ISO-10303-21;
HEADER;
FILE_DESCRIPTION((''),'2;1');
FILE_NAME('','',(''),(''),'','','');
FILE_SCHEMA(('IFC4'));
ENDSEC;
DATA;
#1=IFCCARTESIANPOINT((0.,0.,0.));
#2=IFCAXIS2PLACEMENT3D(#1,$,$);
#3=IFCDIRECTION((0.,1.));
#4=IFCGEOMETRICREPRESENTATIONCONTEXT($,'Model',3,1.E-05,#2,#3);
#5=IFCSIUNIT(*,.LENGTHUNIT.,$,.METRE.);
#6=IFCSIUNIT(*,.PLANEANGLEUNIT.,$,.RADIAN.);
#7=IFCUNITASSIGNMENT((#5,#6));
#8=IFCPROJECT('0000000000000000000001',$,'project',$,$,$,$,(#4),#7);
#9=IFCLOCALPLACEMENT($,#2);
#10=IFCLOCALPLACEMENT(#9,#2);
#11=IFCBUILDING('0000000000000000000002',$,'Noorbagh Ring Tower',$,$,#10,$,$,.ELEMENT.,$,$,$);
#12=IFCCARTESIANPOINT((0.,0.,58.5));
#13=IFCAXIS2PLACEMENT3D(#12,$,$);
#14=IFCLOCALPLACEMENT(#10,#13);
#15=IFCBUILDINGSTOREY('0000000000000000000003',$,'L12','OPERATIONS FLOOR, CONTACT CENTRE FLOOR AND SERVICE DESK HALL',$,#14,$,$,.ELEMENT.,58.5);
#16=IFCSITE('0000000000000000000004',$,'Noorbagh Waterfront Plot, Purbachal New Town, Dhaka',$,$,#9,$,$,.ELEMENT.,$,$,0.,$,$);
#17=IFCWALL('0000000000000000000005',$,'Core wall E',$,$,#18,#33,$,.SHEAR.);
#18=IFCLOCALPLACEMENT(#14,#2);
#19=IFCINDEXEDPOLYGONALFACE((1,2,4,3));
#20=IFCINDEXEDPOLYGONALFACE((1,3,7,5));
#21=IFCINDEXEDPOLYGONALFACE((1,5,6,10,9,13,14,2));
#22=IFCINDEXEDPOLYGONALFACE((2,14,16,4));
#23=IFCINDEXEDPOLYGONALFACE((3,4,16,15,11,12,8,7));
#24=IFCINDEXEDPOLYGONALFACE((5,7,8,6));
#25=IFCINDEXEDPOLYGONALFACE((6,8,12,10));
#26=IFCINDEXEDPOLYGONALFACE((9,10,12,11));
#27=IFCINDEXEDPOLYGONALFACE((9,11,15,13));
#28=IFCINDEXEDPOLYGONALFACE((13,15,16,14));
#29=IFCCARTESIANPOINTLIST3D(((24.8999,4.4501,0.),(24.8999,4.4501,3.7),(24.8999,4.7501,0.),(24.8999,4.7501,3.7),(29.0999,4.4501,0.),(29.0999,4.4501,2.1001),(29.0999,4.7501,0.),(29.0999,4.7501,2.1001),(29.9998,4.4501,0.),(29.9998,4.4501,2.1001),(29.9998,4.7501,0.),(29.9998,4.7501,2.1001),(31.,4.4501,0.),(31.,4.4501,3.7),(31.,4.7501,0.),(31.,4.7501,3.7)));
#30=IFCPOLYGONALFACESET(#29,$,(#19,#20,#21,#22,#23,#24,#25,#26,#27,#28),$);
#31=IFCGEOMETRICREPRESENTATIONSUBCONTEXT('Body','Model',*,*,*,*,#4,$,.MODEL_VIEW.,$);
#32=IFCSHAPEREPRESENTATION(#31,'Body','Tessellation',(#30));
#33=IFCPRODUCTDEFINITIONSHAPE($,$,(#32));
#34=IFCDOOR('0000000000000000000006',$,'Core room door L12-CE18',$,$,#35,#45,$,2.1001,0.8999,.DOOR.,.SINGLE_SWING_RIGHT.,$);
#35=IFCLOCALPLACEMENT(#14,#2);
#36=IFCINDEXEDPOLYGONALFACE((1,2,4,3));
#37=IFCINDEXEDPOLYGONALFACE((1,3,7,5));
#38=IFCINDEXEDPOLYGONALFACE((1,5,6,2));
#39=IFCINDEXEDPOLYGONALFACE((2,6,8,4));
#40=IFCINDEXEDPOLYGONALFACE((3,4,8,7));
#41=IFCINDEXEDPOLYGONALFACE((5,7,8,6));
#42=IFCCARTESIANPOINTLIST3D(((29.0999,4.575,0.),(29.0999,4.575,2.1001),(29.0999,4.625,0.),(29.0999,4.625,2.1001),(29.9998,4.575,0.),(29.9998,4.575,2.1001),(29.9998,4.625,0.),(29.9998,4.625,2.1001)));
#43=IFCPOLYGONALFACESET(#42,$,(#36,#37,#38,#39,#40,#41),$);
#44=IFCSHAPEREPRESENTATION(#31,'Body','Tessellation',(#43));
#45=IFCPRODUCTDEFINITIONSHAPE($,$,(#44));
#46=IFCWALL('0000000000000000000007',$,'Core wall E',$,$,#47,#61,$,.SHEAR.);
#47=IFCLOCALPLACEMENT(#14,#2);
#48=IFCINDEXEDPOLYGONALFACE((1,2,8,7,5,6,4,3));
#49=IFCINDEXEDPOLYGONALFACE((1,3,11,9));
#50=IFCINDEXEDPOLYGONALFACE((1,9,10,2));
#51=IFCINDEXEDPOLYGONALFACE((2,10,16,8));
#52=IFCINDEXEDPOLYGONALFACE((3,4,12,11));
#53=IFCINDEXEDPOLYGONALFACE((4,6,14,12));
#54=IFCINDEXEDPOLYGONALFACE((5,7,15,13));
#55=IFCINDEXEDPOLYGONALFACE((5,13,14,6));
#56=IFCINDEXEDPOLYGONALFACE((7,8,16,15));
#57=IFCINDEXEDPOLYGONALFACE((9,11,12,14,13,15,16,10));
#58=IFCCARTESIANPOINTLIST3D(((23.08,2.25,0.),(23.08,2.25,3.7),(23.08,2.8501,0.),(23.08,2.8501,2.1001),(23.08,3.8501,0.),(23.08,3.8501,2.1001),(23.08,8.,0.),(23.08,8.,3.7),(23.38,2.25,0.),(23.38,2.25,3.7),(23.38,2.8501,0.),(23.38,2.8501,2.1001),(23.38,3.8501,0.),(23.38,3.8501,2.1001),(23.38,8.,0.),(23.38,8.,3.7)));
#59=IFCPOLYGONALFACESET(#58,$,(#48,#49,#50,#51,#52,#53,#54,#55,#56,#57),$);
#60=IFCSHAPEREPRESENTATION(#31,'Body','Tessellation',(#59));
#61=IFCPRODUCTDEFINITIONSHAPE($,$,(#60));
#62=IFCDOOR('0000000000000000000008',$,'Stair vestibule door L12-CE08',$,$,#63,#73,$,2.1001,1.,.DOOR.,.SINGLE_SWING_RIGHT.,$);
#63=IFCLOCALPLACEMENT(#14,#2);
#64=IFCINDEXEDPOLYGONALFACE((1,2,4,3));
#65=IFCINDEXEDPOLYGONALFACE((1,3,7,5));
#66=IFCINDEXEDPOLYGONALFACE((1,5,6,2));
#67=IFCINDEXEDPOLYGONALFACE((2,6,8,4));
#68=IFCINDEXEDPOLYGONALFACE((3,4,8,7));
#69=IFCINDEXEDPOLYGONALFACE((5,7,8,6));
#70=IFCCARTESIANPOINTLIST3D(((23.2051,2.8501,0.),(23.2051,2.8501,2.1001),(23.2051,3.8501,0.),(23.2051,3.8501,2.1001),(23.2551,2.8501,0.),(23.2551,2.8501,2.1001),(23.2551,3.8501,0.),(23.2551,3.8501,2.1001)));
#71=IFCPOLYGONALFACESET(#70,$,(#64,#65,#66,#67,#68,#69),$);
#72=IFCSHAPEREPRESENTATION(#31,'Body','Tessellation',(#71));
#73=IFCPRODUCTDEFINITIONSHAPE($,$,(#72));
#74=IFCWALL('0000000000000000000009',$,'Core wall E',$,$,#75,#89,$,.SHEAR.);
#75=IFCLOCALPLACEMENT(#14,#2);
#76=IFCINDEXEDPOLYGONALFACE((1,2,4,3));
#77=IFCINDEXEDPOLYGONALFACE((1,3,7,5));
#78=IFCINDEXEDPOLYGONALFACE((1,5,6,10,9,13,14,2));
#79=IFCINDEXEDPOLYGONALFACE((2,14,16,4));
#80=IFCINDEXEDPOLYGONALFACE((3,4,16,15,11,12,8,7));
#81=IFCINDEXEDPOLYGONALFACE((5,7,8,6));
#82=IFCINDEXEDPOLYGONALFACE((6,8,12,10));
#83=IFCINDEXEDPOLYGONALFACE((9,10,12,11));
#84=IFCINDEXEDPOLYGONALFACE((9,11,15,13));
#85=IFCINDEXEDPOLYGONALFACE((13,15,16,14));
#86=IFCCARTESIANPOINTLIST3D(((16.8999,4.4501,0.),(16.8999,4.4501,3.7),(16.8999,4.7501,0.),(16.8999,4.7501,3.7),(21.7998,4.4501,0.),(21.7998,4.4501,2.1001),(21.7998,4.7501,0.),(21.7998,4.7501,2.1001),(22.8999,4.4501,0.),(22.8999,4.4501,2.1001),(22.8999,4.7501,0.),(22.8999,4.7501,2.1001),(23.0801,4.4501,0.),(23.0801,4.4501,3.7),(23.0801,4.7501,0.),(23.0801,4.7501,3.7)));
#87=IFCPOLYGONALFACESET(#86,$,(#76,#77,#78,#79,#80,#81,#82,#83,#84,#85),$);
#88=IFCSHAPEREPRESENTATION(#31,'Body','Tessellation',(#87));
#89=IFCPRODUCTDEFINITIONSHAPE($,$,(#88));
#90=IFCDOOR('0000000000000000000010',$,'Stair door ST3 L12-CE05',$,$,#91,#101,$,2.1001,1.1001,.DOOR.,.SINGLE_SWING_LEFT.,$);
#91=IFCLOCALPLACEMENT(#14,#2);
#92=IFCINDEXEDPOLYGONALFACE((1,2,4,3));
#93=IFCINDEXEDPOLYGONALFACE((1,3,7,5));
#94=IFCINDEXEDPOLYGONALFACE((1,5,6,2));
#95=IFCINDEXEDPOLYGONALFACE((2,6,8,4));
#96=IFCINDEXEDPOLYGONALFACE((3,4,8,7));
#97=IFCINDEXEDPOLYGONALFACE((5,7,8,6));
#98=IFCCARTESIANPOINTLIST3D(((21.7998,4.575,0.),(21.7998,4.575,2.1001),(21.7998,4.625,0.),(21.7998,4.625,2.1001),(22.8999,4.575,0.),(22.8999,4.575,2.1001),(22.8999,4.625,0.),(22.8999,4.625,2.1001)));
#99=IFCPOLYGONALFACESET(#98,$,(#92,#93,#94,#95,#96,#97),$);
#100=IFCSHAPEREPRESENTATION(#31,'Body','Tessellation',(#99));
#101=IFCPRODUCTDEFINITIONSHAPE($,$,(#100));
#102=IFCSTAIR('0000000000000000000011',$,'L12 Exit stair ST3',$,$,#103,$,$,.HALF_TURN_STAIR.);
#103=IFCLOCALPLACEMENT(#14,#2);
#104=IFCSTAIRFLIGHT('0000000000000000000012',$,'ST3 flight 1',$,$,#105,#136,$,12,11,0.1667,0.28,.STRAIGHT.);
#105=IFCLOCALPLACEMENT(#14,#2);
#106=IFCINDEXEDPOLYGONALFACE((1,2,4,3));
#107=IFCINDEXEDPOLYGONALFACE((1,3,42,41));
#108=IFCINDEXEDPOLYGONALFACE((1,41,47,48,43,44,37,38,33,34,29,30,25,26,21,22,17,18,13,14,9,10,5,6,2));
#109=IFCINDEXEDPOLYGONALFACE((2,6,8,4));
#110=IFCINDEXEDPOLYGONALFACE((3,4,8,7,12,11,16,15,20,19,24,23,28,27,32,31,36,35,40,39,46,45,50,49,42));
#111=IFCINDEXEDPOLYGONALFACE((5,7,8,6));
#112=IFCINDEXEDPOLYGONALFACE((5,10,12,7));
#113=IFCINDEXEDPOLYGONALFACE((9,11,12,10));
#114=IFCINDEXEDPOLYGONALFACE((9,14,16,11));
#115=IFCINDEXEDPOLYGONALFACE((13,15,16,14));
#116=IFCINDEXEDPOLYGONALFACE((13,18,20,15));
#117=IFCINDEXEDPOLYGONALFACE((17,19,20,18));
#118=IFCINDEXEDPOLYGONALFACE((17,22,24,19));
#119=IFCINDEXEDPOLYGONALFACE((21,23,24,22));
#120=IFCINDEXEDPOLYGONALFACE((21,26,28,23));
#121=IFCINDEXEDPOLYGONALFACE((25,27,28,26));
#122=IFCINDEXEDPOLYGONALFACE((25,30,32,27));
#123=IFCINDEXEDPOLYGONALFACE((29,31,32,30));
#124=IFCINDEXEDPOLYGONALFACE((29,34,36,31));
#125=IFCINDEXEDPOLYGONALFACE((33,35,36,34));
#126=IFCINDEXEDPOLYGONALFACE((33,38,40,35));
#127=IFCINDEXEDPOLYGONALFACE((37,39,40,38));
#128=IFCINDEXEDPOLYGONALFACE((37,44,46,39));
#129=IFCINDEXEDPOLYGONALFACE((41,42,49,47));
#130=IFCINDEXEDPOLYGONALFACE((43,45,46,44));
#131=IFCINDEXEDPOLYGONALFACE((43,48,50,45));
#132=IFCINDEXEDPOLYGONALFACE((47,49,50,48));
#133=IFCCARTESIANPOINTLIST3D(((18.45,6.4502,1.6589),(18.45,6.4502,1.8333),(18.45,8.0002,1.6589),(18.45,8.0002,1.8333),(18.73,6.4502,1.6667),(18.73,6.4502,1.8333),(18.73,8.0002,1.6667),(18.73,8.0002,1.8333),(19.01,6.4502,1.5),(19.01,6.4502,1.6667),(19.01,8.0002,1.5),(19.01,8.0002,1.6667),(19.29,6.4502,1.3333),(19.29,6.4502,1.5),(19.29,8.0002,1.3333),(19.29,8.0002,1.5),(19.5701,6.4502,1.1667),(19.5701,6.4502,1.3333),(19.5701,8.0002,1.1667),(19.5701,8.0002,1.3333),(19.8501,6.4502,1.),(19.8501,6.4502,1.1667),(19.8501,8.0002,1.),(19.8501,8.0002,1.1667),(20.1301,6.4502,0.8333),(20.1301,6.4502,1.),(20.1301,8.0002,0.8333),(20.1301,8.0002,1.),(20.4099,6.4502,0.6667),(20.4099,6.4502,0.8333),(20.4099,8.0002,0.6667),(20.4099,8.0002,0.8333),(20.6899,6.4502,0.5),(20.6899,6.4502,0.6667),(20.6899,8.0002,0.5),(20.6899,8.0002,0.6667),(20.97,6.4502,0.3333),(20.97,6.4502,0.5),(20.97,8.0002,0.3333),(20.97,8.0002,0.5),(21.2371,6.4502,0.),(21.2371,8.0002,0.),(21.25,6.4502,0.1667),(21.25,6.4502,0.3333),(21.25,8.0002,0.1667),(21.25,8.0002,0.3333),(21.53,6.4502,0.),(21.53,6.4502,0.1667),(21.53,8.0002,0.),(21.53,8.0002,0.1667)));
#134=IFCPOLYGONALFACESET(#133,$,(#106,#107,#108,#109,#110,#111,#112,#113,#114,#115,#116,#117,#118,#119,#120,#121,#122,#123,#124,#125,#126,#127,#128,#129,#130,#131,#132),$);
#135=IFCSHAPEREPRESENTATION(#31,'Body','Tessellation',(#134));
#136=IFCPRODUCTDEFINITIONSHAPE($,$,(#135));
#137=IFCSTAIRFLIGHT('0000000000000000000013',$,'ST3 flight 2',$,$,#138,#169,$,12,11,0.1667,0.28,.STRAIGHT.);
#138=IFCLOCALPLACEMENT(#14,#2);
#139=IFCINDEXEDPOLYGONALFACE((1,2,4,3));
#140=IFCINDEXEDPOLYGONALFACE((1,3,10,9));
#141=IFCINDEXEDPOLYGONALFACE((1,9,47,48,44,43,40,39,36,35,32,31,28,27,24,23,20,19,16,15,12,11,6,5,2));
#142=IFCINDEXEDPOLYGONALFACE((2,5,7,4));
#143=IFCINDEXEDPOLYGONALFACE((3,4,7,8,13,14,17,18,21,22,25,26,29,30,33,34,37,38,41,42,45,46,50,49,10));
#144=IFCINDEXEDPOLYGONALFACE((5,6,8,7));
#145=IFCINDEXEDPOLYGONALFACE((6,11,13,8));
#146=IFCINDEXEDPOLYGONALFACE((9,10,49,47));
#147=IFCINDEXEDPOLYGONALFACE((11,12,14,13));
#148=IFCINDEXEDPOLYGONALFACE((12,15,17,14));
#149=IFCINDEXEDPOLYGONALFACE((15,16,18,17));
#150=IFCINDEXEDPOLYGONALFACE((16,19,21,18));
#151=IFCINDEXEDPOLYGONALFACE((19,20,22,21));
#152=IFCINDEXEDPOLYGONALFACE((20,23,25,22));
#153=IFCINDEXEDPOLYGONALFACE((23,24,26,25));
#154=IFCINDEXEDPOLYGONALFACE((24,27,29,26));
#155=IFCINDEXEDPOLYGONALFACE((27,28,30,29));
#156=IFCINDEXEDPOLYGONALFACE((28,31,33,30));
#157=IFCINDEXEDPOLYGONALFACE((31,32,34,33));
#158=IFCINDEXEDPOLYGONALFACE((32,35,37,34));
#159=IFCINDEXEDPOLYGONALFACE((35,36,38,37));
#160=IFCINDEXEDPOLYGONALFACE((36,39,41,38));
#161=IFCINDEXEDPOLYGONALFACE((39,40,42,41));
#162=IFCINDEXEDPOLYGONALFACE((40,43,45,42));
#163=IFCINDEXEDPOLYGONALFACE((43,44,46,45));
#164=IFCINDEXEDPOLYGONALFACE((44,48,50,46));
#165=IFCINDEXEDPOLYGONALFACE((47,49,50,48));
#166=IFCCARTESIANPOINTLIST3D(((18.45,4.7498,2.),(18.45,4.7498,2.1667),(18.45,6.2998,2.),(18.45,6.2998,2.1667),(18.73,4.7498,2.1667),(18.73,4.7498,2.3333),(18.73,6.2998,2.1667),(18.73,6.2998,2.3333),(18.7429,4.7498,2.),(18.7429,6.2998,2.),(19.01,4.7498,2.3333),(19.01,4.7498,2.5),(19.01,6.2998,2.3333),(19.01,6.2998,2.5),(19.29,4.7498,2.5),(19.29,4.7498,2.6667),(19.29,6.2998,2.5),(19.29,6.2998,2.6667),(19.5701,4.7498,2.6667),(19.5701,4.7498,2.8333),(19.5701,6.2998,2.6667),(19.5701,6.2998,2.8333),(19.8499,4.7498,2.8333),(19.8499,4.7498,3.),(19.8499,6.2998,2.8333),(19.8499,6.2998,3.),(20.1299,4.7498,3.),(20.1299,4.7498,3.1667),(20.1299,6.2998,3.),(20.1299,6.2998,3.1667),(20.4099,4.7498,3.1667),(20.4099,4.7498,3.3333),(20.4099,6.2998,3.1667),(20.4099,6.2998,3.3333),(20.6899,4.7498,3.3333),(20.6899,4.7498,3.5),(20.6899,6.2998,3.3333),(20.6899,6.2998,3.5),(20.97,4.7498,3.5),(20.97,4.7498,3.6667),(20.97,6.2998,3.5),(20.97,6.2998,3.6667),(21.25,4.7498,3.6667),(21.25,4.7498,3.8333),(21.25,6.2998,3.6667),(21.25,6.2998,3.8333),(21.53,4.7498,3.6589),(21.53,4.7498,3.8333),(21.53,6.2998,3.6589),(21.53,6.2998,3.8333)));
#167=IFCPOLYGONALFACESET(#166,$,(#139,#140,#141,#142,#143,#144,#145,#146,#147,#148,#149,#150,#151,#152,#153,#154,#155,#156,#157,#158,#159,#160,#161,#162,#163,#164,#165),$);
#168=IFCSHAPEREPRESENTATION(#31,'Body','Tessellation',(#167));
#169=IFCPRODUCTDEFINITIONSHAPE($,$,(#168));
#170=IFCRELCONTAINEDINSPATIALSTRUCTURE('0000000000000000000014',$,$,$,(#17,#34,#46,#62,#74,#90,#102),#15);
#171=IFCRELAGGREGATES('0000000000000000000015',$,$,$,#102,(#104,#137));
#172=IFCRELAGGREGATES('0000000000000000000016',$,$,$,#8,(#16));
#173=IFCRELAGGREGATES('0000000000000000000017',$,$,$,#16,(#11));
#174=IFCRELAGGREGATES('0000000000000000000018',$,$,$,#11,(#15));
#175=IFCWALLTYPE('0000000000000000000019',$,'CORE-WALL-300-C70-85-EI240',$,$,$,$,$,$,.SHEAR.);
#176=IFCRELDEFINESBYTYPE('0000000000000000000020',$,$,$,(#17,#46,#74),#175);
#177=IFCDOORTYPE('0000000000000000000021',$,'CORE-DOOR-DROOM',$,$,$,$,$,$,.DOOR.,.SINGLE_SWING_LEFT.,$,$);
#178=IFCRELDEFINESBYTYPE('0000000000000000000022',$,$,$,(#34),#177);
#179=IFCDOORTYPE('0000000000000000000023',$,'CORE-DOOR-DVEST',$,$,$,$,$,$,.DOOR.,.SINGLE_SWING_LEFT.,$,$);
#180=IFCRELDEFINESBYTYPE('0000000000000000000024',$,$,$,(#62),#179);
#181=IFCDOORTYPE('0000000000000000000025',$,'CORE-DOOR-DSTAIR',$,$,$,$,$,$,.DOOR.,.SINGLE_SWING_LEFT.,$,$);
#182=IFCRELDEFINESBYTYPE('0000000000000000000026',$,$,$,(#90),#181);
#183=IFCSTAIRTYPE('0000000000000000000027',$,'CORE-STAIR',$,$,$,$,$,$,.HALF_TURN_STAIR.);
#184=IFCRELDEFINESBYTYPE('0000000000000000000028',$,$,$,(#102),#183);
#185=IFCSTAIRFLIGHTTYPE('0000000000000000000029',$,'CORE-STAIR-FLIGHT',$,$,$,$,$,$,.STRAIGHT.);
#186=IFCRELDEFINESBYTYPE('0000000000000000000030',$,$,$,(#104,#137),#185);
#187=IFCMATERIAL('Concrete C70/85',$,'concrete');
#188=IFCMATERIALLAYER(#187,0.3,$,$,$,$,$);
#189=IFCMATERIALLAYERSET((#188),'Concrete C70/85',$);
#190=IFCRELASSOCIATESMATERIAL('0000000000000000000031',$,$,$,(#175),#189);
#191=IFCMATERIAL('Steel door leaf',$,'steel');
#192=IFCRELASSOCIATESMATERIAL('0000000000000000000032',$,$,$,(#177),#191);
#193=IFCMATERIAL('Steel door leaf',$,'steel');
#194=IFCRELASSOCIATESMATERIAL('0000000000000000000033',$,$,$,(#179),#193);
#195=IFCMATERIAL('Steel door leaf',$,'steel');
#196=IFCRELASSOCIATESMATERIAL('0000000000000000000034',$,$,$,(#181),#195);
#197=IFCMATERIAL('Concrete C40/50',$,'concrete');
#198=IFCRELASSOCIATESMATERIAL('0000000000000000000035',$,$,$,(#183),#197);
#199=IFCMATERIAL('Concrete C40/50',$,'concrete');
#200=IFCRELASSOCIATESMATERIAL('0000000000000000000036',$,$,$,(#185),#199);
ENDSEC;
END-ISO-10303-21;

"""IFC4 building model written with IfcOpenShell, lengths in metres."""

from ifc_helpers import new_model, si_unit, direction, frame, frame_2d, origin, place, context, subcontext, project, spatial, polyline, rectangle, outline, extrude, material, layer, layer_set, type_object, element, fill, aggregate, save


model = new_model("IFC4")

# Units and contexts
model_context = context("Model", 3, precision=1e-05, world=origin(), true_north=direction((0.0, 1.0)))
body_context = subcontext(model_context, "Body", "Model", "MODEL_VIEW")
ifc_project = project(units=[si_unit("LENGTHUNIT", "METRE"), si_unit("PLANEANGLEUNIT", "RADIAN")], contexts=[model_context])

# Site, building, storey
site_placement = place(None, origin())
site = spatial("IfcSite", under=ifc_project, at=site_placement, Name="Noorbagh Waterfront Plot, Purbachal New Town, Dhaka", CompositionType="ELEMENT", RefElevation=0.0)
building_placement = place(site_placement, origin())
building = spatial("IfcBuilding", under=site, at=building_placement, Name="Noorbagh Ring Tower", CompositionType="ELEMENT")
storey_placement = place(building_placement, frame((0.0, 0.0, 58.5)))
storey = spatial("IfcBuildingStorey", under=building, at=storey_placement, Name="L12", Description="OPERATIONS FLOOR, CONTACT CENTRE FLOOR AND SERVICE DESK HALL", CompositionType="ELEMENT", Elevation=58.5)

# Walls, openings, doors
ifc_material_1 = material(Name="Concrete C70/85", Category="concrete")
ifc_layer_1 = layer(ifc_material_1, 0.3)
ifc_layer_set_1 = layer_set([ifc_layer_1], Name="Concrete C70/85")
wall_type_1 = type_object("IfcWallType", Name="CORE-WALL-300-C70-85-EI240", PredefinedType="SHEAR", material=ifc_layer_set_1)
wall_1_placement = place(storey_placement, frame((24.8999, 4.6001, 0.0), z_axis=(0.0, 0.0, 1.0), x_axis=(1.0, 0.0, 0.0)))
wall_1 = element("IfcWall", 1, at=wall_1_placement, inside=storey, type_object=wall_type_1, Name="Core wall E", PredefinedType="SHEAR", context=body_context, shape_type="SweptSolid", body=[
    extrude(rectangle(XDim=6.1001, YDim=0.3, at=frame_2d((3.05, 0.0))), origin(), (0.0, 0.0, 1.0), 3.7),
])
opening_1_placement = place(wall_1_placement, frame((4.2, 0.0, 0.0)))
opening_1 = element("IfcOpeningElement", 2, at=opening_1_placement, cuts=wall_1, PredefinedType="OPENING", context=body_context, shape_type="SweptSolid", body=[
    extrude(rectangle(XDim=0.8999, YDim=2.1001, at=frame_2d((0.45, 1.05))), frame((0.0, 0.1602, 0.0), z_axis=(0.0, -1.0, 0.0), x_axis=(1.0, 0.0, 0.0)), (0.0, 0.0, 1.0), 0.3201),
])
ifc_material_2 = material(Name="Steel door leaf", Category="steel")
door_type_1 = type_object("IfcDoorType", Name="CORE-DOOR-DROOM", OperationType="SINGLE_SWING_LEFT", PredefinedType="DOOR", material=ifc_material_2)
door_1_placement = place(opening_1_placement, origin())
door_1 = element("IfcDoor", 3, at=door_1_placement, inside=storey, type_object=door_type_1, Name="Core room door L12-CE18", OperationType="SINGLE_SWING_RIGHT", OverallHeight=2.1001, OverallWidth=0.8999, PredefinedType="DOOR", context=body_context, shape_type="SweptSolid", body=[
    extrude(rectangle(XDim=0.8999, YDim=2.1001, at=frame_2d((0.45, 1.05))), frame((0.0, 0.0249, 0.0), z_axis=(0.0, -1.0, 0.0), x_axis=(1.0, 0.0, 0.0)), (0.0, 0.0, 1.0), 0.05),
])
fill(opening_1, door_1)
wall_2_placement = place(storey_placement, frame((23.23, 2.25, 0.0), z_axis=(0.0, 0.0, 1.0), x_axis=(0.0, 1.0, 0.0)))
wall_2 = element("IfcWall", 4, at=wall_2_placement, inside=storey, type_object=wall_type_1, Name="Core wall E", PredefinedType="SHEAR", context=body_context, shape_type="SweptSolid", body=[
    extrude(rectangle(XDim=5.75, YDim=0.3, at=frame_2d((2.875, 0.0))), origin(), (0.0, 0.0, 1.0), 3.7),
])
opening_2_placement = place(wall_2_placement, frame((0.6001, 0.0, 0.0)))
opening_2 = element("IfcOpeningElement", 5, at=opening_2_placement, cuts=wall_2, PredefinedType="OPENING", context=body_context, shape_type="SweptSolid", body=[
    extrude(rectangle(XDim=1.0, YDim=2.1001, at=frame_2d((0.5, 1.05))), frame((0.0, 0.1602, 0.0), z_axis=(0.0, -1.0, 0.0), x_axis=(1.0, 0.0, 0.0)), (0.0, 0.0, 1.0), 0.3201),
])
ifc_material_3 = material(Name="Steel door leaf", Category="steel")
door_type_2 = type_object("IfcDoorType", Name="CORE-DOOR-DVEST", OperationType="SINGLE_SWING_LEFT", PredefinedType="DOOR", material=ifc_material_3)
door_2_placement = place(opening_2_placement, origin())
door_2 = element("IfcDoor", 6, at=door_2_placement, inside=storey, type_object=door_type_2, Name="Stair vestibule door L12-CE08", OperationType="SINGLE_SWING_RIGHT", OverallHeight=2.1001, OverallWidth=1.0, PredefinedType="DOOR", context=body_context, shape_type="SweptSolid", body=[
    extrude(rectangle(XDim=1.0, YDim=2.1001, at=frame_2d((0.5, 1.05))), frame((0.0, 0.0249, 0.0), z_axis=(0.0, -1.0, 0.0), x_axis=(1.0, 0.0, 0.0)), (0.0, 0.0, 1.0), 0.05),
])
fill(opening_2, door_2)
wall_3_placement = place(storey_placement, frame((16.8999, 4.6001, 0.0), z_axis=(0.0, 0.0, 1.0), x_axis=(1.0, 0.0, 0.0)))
wall_3 = element("IfcWall", 7, at=wall_3_placement, inside=storey, type_object=wall_type_1, Name="Core wall E", PredefinedType="SHEAR", context=body_context, shape_type="SweptSolid", body=[
    extrude(rectangle(XDim=6.1802, YDim=0.3, at=frame_2d((3.0901, 0.0))), origin(), (0.0, 0.0, 1.0), 3.7),
])
opening_3_placement = place(wall_3_placement, frame((4.8999, 0.0, 0.0)))
opening_3 = element("IfcOpeningElement", 8, at=opening_3_placement, cuts=wall_3, PredefinedType="OPENING", context=body_context, shape_type="SweptSolid", body=[
    extrude(rectangle(XDim=1.1001, YDim=2.1001, at=frame_2d((0.55, 1.05))), frame((0.0, 0.1602, 0.0), z_axis=(0.0, -1.0, 0.0), x_axis=(1.0, 0.0, 0.0)), (0.0, 0.0, 1.0), 0.3201),
])
ifc_material_4 = material(Name="Steel door leaf", Category="steel")
door_type_3 = type_object("IfcDoorType", Name="CORE-DOOR-DSTAIR", OperationType="SINGLE_SWING_LEFT", PredefinedType="DOOR", material=ifc_material_4)
door_3_placement = place(opening_3_placement, origin())
door_3 = element("IfcDoor", 9, at=door_3_placement, inside=storey, type_object=door_type_3, Name="Stair door ST3 L12-CE05", OperationType="SINGLE_SWING_LEFT", OverallHeight=2.1001, OverallWidth=1.1001, PredefinedType="DOOR", context=body_context, shape_type="SweptSolid", body=[
    extrude(rectangle(XDim=1.1001, YDim=2.1001, at=frame_2d((0.55, 1.05))), frame((0.0, 0.0249, 0.0), z_axis=(0.0, -1.0, 0.0), x_axis=(1.0, 0.0, 0.0)), (0.0, 0.0, 1.0), 0.05),
])
fill(opening_3, door_3)

# Stair, stair flights
ifc_material_5 = material(Name="Concrete C40/50", Category="concrete")
stair_type = type_object("IfcStairType", Name="CORE-STAIR", PredefinedType="HALF_TURN_STAIR", material=ifc_material_5)
stair_placement = place(storey_placement, origin())
stair = element("IfcStair", 10, at=stair_placement, inside=storey, type_object=stair_type, Name="L12 Exit stair ST3", PredefinedType="HALF_TURN_STAIR")
ifc_material_6 = material(Name="Concrete C40/50", Category="concrete")
stair_flight_type = type_object("IfcStairFlightType", Name="CORE-STAIR-FLIGHT", PredefinedType="STRAIGHT", material=ifc_material_6)
stair_flight_1_placement = place(storey_placement, frame((21.53, 7.2251, 0.0), z_axis=(0.0, 0.0, 1.0), x_axis=(-1.0, 0.0, 0.0)))
stair_flight_1 = element("IfcStairFlight", 11, at=stair_flight_1_placement, type_object=stair_flight_type, Name="ST3 flight 1", NumberOfRisers=12, NumberOfTreads=11, PredefinedType="STRAIGHT", RiserHeight=0.1667, TreadLength=0.28, context=body_context, shape_type="SweptSolid", body=[
    extrude(outline(polyline([(0.0, 0.0), (0.0, 0.1667), (0.28, 0.1667), (0.28, 0.3333), (0.5601, 0.3333), (0.5601, 0.5), (0.8401, 0.5), (0.8401, 0.6667), (1.1201, 0.6667), (1.1201, 0.8333), (1.3999, 0.8333), (1.3999, 1.0), (1.6799, 1.0), (1.6799, 1.1667), (1.96, 1.1667), (1.96, 1.3333), (2.24, 1.3333), (2.24, 1.5), (2.52, 1.5), (2.52, 1.6667), (2.8, 1.6667), (2.8, 1.8333), (3.0801, 1.8333), (3.0801, 2.0), (3.0801, 1.6589), (0.293, 0.0), (0.0, 0.0)])), frame((0.0, 0.7749, 0.0), z_axis=(0.0, -1.0, 0.0), x_axis=(1.0, 0.0, 0.0)), (0.0, 0.0, 1.0), 1.55),
])
stair_flight_2_placement = place(storey_placement, frame((18.45, 5.5249, 2.0), z_axis=(0.0, 0.0, 1.0), x_axis=(1.0, 0.0, 0.0)))
stair_flight_2 = element("IfcStairFlight", 12, at=stair_flight_2_placement, type_object=stair_flight_type, Name="ST3 flight 2", NumberOfRisers=12, NumberOfTreads=11, PredefinedType="STRAIGHT", RiserHeight=0.1667, TreadLength=0.28, context=body_context, shape_type="SweptSolid", body=[
    extrude(outline(polyline([(0.0, 0.0), (0.0, 0.1667), (0.28, 0.1667), (0.28, 0.3333), (0.5601, 0.3333), (0.5601, 0.5), (0.8401, 0.5), (0.8401, 0.6667), (1.1201, 0.6667), (1.1201, 0.8333), (1.3999, 0.8333), (1.3999, 1.0), (1.6799, 1.0), (1.6799, 1.1667), (1.96, 1.1667), (1.96, 1.3333), (2.24, 1.3333), (2.24, 1.5), (2.52, 1.5), (2.52, 1.6667), (2.8, 1.6667), (2.8, 1.8333), (3.0801, 1.8333), (3.0801, 2.0), (3.0801, 1.6589), (0.293, 0.0), (0.0, 0.0)])), frame((0.0, 0.7749, 0.0), z_axis=(0.0, -1.0, 0.0), x_axis=(1.0, 0.0, 0.0)), (0.0, 0.0, 1.0), 1.55),
])
aggregate(stair, [stair_flight_1, stair_flight_2])

save(model, "model.ifc")
